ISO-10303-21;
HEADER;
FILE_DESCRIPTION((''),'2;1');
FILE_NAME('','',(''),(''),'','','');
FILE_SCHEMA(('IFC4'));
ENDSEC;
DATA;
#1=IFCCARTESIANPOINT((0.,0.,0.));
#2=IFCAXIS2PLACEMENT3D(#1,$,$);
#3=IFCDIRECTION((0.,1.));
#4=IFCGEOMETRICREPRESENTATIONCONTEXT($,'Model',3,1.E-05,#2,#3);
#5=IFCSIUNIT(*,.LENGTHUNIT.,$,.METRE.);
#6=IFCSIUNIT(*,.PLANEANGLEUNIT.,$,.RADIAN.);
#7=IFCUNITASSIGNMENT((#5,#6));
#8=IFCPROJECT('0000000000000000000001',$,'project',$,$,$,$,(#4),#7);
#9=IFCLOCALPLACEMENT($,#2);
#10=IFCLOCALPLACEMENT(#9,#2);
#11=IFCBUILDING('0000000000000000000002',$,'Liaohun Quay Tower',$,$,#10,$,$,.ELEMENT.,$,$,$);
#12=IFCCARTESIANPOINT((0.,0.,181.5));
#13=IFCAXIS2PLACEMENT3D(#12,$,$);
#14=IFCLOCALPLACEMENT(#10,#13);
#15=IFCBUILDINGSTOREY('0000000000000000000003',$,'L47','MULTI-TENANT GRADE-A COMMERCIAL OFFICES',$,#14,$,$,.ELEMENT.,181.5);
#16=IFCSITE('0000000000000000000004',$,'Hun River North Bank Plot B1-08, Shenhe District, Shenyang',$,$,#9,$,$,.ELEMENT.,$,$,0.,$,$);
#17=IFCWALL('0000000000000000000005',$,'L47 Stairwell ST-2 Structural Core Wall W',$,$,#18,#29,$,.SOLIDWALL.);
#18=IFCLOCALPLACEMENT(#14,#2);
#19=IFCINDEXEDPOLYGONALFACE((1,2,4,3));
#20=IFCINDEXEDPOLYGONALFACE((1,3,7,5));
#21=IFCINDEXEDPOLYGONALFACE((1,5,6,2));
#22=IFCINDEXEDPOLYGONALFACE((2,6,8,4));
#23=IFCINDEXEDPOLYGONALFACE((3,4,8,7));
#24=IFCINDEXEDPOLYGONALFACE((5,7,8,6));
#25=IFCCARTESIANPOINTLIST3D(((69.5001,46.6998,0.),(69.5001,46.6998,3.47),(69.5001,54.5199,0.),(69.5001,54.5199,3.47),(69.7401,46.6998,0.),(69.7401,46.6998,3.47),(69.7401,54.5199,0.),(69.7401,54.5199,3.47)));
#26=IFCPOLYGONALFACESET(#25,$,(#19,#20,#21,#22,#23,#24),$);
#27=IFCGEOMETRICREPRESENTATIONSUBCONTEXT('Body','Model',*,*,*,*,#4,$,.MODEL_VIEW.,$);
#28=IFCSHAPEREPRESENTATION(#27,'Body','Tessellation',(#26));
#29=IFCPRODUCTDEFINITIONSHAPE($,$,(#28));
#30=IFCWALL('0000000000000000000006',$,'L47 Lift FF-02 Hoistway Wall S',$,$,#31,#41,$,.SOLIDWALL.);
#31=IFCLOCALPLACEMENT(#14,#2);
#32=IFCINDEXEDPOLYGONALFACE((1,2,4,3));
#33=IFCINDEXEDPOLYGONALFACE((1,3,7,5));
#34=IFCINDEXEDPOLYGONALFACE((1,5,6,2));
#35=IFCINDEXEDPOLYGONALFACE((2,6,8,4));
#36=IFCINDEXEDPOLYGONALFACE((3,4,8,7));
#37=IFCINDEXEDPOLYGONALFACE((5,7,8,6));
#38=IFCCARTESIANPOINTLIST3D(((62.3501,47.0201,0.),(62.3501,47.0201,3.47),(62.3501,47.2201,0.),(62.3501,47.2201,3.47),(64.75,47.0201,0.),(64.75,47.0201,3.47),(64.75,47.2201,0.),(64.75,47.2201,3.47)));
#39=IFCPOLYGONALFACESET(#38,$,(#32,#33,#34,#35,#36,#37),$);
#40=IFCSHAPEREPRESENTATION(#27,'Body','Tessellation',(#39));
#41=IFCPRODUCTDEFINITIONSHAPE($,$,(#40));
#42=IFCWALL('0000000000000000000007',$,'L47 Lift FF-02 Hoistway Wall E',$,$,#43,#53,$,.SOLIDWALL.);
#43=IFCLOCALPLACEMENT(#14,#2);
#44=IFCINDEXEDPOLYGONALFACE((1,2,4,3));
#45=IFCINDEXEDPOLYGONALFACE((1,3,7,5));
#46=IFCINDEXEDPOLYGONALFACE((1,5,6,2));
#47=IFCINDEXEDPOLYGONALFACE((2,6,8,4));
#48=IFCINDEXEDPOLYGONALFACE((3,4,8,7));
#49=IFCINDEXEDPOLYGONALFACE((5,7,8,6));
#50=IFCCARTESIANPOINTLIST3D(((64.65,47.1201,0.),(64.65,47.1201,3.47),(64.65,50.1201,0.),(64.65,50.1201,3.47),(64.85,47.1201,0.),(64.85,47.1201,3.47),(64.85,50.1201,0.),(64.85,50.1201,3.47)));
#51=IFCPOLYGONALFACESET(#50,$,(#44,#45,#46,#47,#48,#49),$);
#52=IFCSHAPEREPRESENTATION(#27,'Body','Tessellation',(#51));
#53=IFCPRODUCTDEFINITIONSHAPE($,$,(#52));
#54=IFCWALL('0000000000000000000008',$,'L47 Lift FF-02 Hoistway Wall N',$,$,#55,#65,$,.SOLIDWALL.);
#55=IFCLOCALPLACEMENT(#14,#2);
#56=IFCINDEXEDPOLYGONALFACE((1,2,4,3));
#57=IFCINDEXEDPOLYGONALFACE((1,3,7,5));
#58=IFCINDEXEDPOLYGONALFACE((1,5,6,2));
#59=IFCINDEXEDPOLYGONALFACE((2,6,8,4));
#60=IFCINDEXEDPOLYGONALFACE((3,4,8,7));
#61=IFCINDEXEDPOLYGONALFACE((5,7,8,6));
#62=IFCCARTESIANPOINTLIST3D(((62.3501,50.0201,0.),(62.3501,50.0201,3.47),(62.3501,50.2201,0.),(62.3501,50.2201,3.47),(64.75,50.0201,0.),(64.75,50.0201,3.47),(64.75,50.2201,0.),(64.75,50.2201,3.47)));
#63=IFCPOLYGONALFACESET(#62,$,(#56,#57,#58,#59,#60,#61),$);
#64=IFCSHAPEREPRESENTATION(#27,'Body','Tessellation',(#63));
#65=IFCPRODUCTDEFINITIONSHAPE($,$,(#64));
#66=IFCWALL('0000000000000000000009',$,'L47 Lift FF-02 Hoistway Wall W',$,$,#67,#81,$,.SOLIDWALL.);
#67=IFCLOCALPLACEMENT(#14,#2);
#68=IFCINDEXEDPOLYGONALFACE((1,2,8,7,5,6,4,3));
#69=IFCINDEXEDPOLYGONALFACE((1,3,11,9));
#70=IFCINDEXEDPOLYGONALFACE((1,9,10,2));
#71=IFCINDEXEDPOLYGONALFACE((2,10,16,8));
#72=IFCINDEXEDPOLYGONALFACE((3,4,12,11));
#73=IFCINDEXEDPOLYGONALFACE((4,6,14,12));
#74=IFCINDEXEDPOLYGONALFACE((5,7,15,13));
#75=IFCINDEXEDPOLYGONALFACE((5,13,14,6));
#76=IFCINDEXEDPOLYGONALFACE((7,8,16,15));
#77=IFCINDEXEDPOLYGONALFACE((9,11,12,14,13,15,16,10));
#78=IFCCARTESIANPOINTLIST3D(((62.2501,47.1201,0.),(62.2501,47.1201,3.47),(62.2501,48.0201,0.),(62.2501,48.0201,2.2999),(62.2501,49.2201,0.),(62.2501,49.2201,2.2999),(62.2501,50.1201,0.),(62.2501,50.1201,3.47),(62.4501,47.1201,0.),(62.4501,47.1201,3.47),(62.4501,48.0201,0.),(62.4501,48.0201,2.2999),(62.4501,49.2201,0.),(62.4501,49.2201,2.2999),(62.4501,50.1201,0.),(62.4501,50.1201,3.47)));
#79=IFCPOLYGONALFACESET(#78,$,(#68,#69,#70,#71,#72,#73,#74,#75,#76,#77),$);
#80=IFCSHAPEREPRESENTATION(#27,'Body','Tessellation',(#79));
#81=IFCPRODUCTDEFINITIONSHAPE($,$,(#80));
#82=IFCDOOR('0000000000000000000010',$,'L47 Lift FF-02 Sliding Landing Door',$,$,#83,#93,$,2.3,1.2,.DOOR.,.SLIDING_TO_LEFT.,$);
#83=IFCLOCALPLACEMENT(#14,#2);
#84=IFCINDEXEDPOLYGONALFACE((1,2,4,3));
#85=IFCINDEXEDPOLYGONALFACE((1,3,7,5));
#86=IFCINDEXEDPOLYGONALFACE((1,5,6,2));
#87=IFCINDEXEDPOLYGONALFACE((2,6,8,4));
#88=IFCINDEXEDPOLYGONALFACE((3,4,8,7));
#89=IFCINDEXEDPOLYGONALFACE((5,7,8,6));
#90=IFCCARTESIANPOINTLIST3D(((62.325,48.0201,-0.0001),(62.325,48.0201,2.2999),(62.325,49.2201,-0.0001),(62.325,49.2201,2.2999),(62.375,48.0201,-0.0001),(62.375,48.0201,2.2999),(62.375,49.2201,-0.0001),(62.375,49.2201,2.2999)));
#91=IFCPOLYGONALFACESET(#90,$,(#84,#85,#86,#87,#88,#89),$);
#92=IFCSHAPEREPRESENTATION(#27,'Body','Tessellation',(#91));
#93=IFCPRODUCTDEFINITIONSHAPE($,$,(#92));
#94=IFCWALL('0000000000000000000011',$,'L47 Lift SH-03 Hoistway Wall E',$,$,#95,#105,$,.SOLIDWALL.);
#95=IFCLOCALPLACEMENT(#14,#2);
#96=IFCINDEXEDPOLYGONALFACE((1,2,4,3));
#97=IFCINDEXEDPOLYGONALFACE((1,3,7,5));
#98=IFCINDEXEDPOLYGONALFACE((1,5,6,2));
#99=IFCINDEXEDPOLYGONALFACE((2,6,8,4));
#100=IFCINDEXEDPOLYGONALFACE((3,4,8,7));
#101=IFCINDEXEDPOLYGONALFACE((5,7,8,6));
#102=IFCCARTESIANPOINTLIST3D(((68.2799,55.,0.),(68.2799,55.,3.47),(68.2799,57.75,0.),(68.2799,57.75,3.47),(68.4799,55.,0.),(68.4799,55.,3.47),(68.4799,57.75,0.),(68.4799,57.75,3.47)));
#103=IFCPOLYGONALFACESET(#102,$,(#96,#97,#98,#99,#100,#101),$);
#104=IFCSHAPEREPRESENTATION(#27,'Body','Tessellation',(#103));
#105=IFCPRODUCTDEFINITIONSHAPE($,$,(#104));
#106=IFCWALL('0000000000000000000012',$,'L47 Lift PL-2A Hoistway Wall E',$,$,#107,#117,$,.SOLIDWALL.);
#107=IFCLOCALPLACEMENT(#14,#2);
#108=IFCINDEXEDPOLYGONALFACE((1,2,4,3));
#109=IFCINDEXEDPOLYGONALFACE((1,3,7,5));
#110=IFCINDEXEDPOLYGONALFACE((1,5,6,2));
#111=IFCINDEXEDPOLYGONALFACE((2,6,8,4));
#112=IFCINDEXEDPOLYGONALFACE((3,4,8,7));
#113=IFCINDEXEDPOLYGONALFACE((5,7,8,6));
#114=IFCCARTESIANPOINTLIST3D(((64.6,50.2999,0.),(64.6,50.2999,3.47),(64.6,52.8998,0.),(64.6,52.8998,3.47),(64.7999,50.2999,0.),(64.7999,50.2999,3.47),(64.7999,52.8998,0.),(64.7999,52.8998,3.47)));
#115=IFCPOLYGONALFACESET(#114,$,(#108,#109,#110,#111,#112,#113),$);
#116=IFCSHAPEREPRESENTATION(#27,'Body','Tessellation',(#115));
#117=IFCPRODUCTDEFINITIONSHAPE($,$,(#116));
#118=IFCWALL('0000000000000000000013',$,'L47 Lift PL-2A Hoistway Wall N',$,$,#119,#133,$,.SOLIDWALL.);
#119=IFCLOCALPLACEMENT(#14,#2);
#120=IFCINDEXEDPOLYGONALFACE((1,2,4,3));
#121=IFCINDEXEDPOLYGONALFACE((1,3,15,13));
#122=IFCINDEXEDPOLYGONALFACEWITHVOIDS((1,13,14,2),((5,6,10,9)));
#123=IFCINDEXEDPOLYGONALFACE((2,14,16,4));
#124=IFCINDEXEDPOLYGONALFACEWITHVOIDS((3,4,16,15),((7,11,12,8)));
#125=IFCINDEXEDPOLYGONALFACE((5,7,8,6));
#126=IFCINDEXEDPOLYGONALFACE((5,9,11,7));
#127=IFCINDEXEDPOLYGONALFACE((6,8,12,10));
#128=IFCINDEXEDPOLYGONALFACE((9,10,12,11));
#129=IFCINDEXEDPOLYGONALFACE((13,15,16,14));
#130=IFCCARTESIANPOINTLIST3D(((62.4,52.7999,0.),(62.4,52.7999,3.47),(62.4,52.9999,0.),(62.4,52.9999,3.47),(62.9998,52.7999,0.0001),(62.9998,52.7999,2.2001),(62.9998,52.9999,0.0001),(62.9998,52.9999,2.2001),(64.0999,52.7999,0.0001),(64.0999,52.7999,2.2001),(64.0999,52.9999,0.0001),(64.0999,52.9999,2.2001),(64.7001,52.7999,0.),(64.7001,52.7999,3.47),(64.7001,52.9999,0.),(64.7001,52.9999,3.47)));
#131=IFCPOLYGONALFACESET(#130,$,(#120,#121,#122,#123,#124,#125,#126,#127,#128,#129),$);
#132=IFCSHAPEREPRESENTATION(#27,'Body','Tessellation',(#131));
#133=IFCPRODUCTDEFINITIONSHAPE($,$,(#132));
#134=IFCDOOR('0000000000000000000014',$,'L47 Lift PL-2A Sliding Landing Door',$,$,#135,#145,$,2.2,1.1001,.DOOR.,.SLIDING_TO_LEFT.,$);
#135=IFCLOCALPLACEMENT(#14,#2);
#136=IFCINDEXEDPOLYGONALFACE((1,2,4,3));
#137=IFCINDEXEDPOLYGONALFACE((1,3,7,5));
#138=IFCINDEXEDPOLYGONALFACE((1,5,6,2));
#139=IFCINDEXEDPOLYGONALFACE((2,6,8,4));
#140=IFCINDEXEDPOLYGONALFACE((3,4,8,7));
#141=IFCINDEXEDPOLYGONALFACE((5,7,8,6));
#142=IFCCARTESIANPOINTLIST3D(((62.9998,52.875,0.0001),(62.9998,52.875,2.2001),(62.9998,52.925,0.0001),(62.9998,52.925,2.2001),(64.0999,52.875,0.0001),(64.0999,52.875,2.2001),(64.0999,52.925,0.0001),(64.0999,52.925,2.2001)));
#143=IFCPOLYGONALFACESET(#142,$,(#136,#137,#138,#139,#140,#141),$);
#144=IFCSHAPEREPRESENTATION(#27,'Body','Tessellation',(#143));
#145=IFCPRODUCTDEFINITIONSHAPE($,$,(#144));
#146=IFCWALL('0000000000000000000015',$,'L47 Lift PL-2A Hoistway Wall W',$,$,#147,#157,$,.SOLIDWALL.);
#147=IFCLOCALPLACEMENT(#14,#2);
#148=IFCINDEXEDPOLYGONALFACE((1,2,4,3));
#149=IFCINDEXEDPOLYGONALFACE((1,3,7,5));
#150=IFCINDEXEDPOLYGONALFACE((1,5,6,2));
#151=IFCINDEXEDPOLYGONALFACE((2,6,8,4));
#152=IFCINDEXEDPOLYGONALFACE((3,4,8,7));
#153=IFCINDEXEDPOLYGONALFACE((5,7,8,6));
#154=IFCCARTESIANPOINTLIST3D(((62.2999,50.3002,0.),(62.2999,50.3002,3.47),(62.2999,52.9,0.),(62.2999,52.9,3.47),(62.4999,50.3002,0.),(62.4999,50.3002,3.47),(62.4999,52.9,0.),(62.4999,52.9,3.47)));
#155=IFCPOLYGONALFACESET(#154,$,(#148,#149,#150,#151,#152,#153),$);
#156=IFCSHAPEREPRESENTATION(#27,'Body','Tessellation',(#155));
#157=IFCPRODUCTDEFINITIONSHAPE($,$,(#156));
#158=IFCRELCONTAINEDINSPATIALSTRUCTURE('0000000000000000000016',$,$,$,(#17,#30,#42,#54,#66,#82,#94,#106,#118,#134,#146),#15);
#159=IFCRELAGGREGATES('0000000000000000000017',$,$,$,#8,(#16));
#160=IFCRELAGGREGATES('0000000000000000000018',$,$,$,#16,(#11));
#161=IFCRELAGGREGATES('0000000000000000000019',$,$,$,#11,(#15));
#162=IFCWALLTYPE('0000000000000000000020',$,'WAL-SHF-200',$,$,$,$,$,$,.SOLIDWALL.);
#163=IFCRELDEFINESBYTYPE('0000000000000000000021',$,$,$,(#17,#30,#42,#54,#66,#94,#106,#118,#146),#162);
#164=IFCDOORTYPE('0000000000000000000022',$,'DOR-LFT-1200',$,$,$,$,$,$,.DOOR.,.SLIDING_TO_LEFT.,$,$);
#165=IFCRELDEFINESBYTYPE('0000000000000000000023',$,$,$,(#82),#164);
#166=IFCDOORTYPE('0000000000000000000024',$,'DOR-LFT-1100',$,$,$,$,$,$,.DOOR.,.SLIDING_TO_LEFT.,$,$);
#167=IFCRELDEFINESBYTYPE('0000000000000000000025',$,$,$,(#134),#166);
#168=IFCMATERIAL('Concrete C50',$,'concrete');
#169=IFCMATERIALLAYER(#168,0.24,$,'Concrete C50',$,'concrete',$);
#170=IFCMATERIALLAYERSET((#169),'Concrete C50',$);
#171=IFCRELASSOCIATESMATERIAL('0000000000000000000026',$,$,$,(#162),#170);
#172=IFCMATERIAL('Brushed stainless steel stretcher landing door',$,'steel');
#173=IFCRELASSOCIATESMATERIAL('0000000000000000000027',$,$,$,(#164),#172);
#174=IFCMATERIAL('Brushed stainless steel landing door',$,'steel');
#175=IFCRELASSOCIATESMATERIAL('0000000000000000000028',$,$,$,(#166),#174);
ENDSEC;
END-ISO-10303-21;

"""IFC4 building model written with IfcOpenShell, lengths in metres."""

from ifc_helpers import new_model, si_unit, direction, frame, frame_2d, origin, place, context, subcontext, project, spatial, rectangle, extrude, source, transform, mapped, material, layer, layer_set, type_object, element, fill, save


model = new_model("IFC4")

# Units and contexts
model_context = context("Model", 3, precision=1e-05, world=origin(), true_north=direction((0.0, 1.0)))
body_context = subcontext(model_context, "Body", "Model", "MODEL_VIEW")
ifc_project = project(units=[si_unit("LENGTHUNIT", "METRE"), si_unit("PLANEANGLEUNIT", "RADIAN")], contexts=[model_context])

# Site, building, storey
site_placement = place(None, origin())
site = spatial("IfcSite", under=ifc_project, at=site_placement, Name="Hun River North Bank Plot B1-08, Shenhe District, Shenyang", CompositionType="ELEMENT", RefElevation=0.0)
building_placement = place(site_placement, origin())
building = spatial("IfcBuilding", under=site, at=building_placement, Name="Liaohun Quay Tower", CompositionType="ELEMENT")
storey_placement = place(building_placement, frame((0.0, 0.0, 181.5)))
storey = spatial("IfcBuildingStorey", under=building, at=storey_placement, Name="L47", Description="MULTI-TENANT GRADE-A COMMERCIAL OFFICES", CompositionType="ELEMENT", Elevation=181.5)

# Shared definitions
ifc_material_1 = material(Name="Concrete C50", Category="concrete")
ifc_layer_1 = layer(ifc_material_1, 0.24, Name="Concrete C50", Category="concrete")
ifc_layer_set_1 = layer_set([ifc_layer_1], Name="Concrete C50")
wall_type_1 = type_object("IfcWallType", Name="WAL-SHF-200", PredefinedType="SOLIDWALL", material=ifc_layer_set_1)

# Walls
wall_1_placement = place(storey_placement, frame((69.6201, 54.52, 0.0), z_axis=(0.0, 0.0, 1.0), x_axis=(0.0, -1.0, 0.0)))
element("IfcWall", 1, at=wall_1_placement, inside=storey, type_object=wall_type_1, Name="L47 Stairwell ST-2 Structural Core Wall W", PredefinedType="SOLIDWALL", context=body_context, shape_type="SweptSolid", body=[
    extrude(rectangle(XDim=7.8201, YDim=0.24, at=frame_2d((3.9102, 0.0))), origin(), (0.0, 0.0, 1.0), 3.47),
])
wall_2_placement = place(storey_placement, frame((62.3501, 47.1201, 0.0), z_axis=(0.0, 0.0, 1.0), x_axis=(1.0, 0.0, 0.0)))
element("IfcWall", 2, at=wall_2_placement, inside=storey, type_object=wall_type_1, Name="L47 Lift FF-02 Hoistway Wall S", PredefinedType="SOLIDWALL", context=body_context, shape_type="SweptSolid", body=[
    extrude(rectangle(XDim=2.3999, YDim=0.2, at=frame_2d((1.2, 0.0))), origin(), (0.0, 0.0, 1.0), 3.47),
])
wall_3_placement = place(storey_placement, frame((64.75, 47.1201, 0.0), z_axis=(0.0, 0.0, 1.0), x_axis=(0.0, 1.0, 0.0)))
element("IfcWall", 3, at=wall_3_placement, inside=storey, type_object=wall_type_1, Name="L47 Lift FF-02 Hoistway Wall E", PredefinedType="SOLIDWALL", context=body_context, shape_type="SweptSolid", body=[
    extrude(rectangle(XDim=3.0, YDim=0.2, at=frame_2d((1.5, 0.0))), origin(), (0.0, 0.0, 1.0), 3.47),
])
wall_4_placement = place(storey_placement, frame((64.75, 50.1201, 0.0), z_axis=(0.0, 0.0, 1.0), x_axis=(-1.0, 0.0, 0.0)))
element("IfcWall", 4, at=wall_4_placement, inside=storey, type_object=wall_type_1, Name="L47 Lift FF-02 Hoistway Wall N", PredefinedType="SOLIDWALL", context=body_context, shape_type="SweptSolid", body=[
    extrude(rectangle(XDim=2.3999, YDim=0.2, at=frame_2d((1.2, 0.0))), origin(), (0.0, 0.0, 1.0), 3.47),
])

# Wall, opening, door
wall_5_placement = place(storey_placement, frame((62.3501, 50.1201, 0.0), z_axis=(0.0, 0.0, 1.0), x_axis=(0.0, -1.0, 0.0)))
wall_5 = element("IfcWall", 5, at=wall_5_placement, inside=storey, type_object=wall_type_1, Name="L47 Lift FF-02 Hoistway Wall W", PredefinedType="SOLIDWALL", context=body_context, shape_type="SweptSolid", body=[
    extrude(rectangle(XDim=3.0, YDim=0.2, at=frame_2d((1.5, 0.0))), origin(), (0.0, 0.0, 1.0), 3.47),
])
shared_shape_1 = source(origin(), body_context, "Body", "SweptSolid", [
    extrude(rectangle(XDim=1.2, YDim=2.3, at=frame_2d((0.6001, 1.1499))), frame((0.0, 0.1099, 0.0), z_axis=(0.0, -1.0, 0.0), x_axis=(1.0, 0.0, 0.0)), (0.0, 0.0, 1.0), 0.22),
])
opening_1_placement = place(wall_5_placement, frame((0.8999, 0.0, 0.0)))
opening_1 = element("IfcOpeningElement", 6, at=opening_1_placement, cuts=wall_5, PredefinedType="OPENING", context=body_context, shape_type="MappedRepresentation", body=[
    mapped(shared_shape_1, transform((0.0, 0.0, 0.0), x_axis=(1.0, 0.0, 0.0), y_axis=(0.0, 1.0, 0.0), z_axis=(0.0, 0.0, 1.0), scale=1.0)),
])
ifc_material_2 = material(Name="Brushed stainless steel stretcher landing door", Category="steel")
door_type_1 = type_object("IfcDoorType", Name="DOR-LFT-1200", OperationType="SLIDING_TO_LEFT", PredefinedType="DOOR", material=ifc_material_2)
shared_shape_2 = source(origin(), body_context, "Body", "SweptSolid", [
    extrude(rectangle(XDim=1.2, YDim=2.3, at=frame_2d((0.6001, 1.1499))), frame((0.0, 0.0249, 0.0), z_axis=(0.0, -1.0, 0.0), x_axis=(1.0, 0.0, 0.0)), (0.0, 0.0, 1.0), 0.05),
])
door_1_placement = place(opening_1_placement, origin())
door_1 = element("IfcDoor", 7, at=door_1_placement, inside=storey, type_object=door_type_1, Name="L47 Lift FF-02 Sliding Landing Door", OperationType="SLIDING_TO_LEFT", OverallHeight=2.3, OverallWidth=1.2, PredefinedType="DOOR", context=body_context, shape_type="MappedRepresentation", body=[
    mapped(shared_shape_2, transform((0.0, 0.0, 0.0), x_axis=(1.0, 0.0, 0.0), y_axis=(0.0, 1.0, 0.0), z_axis=(0.0, 0.0, 1.0), scale=1.0)),
])
fill(opening_1, door_1)

# Walls
wall_6_placement = place(storey_placement, frame((68.3799, 55.0, 0.0), z_axis=(0.0, 0.0, 1.0), x_axis=(0.0, 1.0, 0.0)))
element("IfcWall", 8, at=wall_6_placement, inside=storey, type_object=wall_type_1, Name="L47 Lift SH-03 Hoistway Wall E", PredefinedType="SOLIDWALL", context=body_context, shape_type="SweptSolid", body=[
    extrude(rectangle(XDim=2.75, YDim=0.2, at=frame_2d((1.375, 0.0))), origin(), (0.0, 0.0, 1.0), 3.47),
])
wall_7_placement = place(storey_placement, frame((64.7, 50.3, 0.0), z_axis=(0.0, 0.0, 1.0), x_axis=(0.0, 1.0, 0.0)))
element("IfcWall", 9, at=wall_7_placement, inside=storey, type_object=wall_type_1, Name="L47 Lift PL-2A Hoistway Wall E", PredefinedType="SOLIDWALL", context=body_context, shape_type="SweptSolid", body=[
    extrude(rectangle(XDim=2.5999, YDim=0.2, at=frame_2d((1.2998, 0.0))), origin(), (0.0, 0.0, 1.0), 3.47),
])

# Wall, opening, door
wall_8_placement = place(storey_placement, frame((64.7, 52.8999, 0.0), z_axis=(0.0, 0.0, 1.0), x_axis=(-1.0, 0.0, 0.0)))
wall_8 = element("IfcWall", 10, at=wall_8_placement, inside=storey, type_object=wall_type_1, Name="L47 Lift PL-2A Hoistway Wall N", PredefinedType="SOLIDWALL", context=body_context, shape_type="SweptSolid", body=[
    extrude(rectangle(XDim=2.3, YDim=0.2, at=frame_2d((1.1499, 0.0))), origin(), (0.0, 0.0, 1.0), 3.47),
])
shared_shape_3 = source(origin(), body_context, "Body", "SweptSolid", [
    extrude(rectangle(XDim=1.1001, YDim=2.2, at=frame_2d((0.55, 1.1001))), frame((0.0, 0.1099, 0.0), z_axis=(0.0, -1.0, 0.0), x_axis=(1.0, 0.0, 0.0)), (0.0, 0.0, 1.0), 0.22),
])
opening_2_placement = place(wall_8_placement, frame((0.6001, 0.0, 0.0)))
opening_2 = element("IfcOpeningElement", 11, at=opening_2_placement, cuts=wall_8, PredefinedType="OPENING", context=body_context, shape_type="MappedRepresentation", body=[
    mapped(shared_shape_3, transform((0.0, 0.0, 0.0), x_axis=(1.0, 0.0, 0.0), y_axis=(0.0, 1.0, 0.0), z_axis=(0.0, 0.0, 1.0), scale=1.0)),
])
ifc_material_3 = material(Name="Brushed stainless steel landing door", Category="steel")
door_type_2 = type_object("IfcDoorType", Name="DOR-LFT-1100", OperationType="SLIDING_TO_LEFT", PredefinedType="DOOR", material=ifc_material_3)
shared_shape_4 = source(origin(), body_context, "Body", "SweptSolid", [
    extrude(rectangle(XDim=1.1001, YDim=2.2, at=frame_2d((0.55, 1.1001))), frame((0.0, 0.0249, 0.0), z_axis=(0.0, -1.0, 0.0), x_axis=(1.0, 0.0, 0.0)), (0.0, 0.0, 1.0), 0.05),
])
door_2_placement = place(opening_2_placement, origin())
door_2 = element("IfcDoor", 12, at=door_2_placement, inside=storey, type_object=door_type_2, Name="L47 Lift PL-2A Sliding Landing Door", OperationType="SLIDING_TO_LEFT", OverallHeight=2.2, OverallWidth=1.1001, PredefinedType="DOOR", context=body_context, shape_type="MappedRepresentation", body=[
    mapped(shared_shape_4, transform((0.0, 0.0, 0.0), x_axis=(1.0, 0.0, 0.0), y_axis=(0.0, 1.0, 0.0), z_axis=(0.0, 0.0, 1.0), scale=1.0)),
])
fill(opening_2, door_2)

# Wall
wall_9_placement = place(storey_placement, frame((62.3999, 52.8999, 0.0), z_axis=(0.0, 0.0, 1.0), x_axis=(0.0, -1.0, 0.0)))
element("IfcWall", 13, at=wall_9_placement, inside=storey, type_object=wall_type_1, Name="L47 Lift PL-2A Hoistway Wall W", PredefinedType="SOLIDWALL", context=body_context, shape_type="SweptSolid", body=[
    extrude(rectangle(XDim=2.5999, YDim=0.2, at=frame_2d((1.2998, 0.0))), origin(), (0.0, 0.0, 1.0), 3.47),
])

save(model, "model.ifc")
